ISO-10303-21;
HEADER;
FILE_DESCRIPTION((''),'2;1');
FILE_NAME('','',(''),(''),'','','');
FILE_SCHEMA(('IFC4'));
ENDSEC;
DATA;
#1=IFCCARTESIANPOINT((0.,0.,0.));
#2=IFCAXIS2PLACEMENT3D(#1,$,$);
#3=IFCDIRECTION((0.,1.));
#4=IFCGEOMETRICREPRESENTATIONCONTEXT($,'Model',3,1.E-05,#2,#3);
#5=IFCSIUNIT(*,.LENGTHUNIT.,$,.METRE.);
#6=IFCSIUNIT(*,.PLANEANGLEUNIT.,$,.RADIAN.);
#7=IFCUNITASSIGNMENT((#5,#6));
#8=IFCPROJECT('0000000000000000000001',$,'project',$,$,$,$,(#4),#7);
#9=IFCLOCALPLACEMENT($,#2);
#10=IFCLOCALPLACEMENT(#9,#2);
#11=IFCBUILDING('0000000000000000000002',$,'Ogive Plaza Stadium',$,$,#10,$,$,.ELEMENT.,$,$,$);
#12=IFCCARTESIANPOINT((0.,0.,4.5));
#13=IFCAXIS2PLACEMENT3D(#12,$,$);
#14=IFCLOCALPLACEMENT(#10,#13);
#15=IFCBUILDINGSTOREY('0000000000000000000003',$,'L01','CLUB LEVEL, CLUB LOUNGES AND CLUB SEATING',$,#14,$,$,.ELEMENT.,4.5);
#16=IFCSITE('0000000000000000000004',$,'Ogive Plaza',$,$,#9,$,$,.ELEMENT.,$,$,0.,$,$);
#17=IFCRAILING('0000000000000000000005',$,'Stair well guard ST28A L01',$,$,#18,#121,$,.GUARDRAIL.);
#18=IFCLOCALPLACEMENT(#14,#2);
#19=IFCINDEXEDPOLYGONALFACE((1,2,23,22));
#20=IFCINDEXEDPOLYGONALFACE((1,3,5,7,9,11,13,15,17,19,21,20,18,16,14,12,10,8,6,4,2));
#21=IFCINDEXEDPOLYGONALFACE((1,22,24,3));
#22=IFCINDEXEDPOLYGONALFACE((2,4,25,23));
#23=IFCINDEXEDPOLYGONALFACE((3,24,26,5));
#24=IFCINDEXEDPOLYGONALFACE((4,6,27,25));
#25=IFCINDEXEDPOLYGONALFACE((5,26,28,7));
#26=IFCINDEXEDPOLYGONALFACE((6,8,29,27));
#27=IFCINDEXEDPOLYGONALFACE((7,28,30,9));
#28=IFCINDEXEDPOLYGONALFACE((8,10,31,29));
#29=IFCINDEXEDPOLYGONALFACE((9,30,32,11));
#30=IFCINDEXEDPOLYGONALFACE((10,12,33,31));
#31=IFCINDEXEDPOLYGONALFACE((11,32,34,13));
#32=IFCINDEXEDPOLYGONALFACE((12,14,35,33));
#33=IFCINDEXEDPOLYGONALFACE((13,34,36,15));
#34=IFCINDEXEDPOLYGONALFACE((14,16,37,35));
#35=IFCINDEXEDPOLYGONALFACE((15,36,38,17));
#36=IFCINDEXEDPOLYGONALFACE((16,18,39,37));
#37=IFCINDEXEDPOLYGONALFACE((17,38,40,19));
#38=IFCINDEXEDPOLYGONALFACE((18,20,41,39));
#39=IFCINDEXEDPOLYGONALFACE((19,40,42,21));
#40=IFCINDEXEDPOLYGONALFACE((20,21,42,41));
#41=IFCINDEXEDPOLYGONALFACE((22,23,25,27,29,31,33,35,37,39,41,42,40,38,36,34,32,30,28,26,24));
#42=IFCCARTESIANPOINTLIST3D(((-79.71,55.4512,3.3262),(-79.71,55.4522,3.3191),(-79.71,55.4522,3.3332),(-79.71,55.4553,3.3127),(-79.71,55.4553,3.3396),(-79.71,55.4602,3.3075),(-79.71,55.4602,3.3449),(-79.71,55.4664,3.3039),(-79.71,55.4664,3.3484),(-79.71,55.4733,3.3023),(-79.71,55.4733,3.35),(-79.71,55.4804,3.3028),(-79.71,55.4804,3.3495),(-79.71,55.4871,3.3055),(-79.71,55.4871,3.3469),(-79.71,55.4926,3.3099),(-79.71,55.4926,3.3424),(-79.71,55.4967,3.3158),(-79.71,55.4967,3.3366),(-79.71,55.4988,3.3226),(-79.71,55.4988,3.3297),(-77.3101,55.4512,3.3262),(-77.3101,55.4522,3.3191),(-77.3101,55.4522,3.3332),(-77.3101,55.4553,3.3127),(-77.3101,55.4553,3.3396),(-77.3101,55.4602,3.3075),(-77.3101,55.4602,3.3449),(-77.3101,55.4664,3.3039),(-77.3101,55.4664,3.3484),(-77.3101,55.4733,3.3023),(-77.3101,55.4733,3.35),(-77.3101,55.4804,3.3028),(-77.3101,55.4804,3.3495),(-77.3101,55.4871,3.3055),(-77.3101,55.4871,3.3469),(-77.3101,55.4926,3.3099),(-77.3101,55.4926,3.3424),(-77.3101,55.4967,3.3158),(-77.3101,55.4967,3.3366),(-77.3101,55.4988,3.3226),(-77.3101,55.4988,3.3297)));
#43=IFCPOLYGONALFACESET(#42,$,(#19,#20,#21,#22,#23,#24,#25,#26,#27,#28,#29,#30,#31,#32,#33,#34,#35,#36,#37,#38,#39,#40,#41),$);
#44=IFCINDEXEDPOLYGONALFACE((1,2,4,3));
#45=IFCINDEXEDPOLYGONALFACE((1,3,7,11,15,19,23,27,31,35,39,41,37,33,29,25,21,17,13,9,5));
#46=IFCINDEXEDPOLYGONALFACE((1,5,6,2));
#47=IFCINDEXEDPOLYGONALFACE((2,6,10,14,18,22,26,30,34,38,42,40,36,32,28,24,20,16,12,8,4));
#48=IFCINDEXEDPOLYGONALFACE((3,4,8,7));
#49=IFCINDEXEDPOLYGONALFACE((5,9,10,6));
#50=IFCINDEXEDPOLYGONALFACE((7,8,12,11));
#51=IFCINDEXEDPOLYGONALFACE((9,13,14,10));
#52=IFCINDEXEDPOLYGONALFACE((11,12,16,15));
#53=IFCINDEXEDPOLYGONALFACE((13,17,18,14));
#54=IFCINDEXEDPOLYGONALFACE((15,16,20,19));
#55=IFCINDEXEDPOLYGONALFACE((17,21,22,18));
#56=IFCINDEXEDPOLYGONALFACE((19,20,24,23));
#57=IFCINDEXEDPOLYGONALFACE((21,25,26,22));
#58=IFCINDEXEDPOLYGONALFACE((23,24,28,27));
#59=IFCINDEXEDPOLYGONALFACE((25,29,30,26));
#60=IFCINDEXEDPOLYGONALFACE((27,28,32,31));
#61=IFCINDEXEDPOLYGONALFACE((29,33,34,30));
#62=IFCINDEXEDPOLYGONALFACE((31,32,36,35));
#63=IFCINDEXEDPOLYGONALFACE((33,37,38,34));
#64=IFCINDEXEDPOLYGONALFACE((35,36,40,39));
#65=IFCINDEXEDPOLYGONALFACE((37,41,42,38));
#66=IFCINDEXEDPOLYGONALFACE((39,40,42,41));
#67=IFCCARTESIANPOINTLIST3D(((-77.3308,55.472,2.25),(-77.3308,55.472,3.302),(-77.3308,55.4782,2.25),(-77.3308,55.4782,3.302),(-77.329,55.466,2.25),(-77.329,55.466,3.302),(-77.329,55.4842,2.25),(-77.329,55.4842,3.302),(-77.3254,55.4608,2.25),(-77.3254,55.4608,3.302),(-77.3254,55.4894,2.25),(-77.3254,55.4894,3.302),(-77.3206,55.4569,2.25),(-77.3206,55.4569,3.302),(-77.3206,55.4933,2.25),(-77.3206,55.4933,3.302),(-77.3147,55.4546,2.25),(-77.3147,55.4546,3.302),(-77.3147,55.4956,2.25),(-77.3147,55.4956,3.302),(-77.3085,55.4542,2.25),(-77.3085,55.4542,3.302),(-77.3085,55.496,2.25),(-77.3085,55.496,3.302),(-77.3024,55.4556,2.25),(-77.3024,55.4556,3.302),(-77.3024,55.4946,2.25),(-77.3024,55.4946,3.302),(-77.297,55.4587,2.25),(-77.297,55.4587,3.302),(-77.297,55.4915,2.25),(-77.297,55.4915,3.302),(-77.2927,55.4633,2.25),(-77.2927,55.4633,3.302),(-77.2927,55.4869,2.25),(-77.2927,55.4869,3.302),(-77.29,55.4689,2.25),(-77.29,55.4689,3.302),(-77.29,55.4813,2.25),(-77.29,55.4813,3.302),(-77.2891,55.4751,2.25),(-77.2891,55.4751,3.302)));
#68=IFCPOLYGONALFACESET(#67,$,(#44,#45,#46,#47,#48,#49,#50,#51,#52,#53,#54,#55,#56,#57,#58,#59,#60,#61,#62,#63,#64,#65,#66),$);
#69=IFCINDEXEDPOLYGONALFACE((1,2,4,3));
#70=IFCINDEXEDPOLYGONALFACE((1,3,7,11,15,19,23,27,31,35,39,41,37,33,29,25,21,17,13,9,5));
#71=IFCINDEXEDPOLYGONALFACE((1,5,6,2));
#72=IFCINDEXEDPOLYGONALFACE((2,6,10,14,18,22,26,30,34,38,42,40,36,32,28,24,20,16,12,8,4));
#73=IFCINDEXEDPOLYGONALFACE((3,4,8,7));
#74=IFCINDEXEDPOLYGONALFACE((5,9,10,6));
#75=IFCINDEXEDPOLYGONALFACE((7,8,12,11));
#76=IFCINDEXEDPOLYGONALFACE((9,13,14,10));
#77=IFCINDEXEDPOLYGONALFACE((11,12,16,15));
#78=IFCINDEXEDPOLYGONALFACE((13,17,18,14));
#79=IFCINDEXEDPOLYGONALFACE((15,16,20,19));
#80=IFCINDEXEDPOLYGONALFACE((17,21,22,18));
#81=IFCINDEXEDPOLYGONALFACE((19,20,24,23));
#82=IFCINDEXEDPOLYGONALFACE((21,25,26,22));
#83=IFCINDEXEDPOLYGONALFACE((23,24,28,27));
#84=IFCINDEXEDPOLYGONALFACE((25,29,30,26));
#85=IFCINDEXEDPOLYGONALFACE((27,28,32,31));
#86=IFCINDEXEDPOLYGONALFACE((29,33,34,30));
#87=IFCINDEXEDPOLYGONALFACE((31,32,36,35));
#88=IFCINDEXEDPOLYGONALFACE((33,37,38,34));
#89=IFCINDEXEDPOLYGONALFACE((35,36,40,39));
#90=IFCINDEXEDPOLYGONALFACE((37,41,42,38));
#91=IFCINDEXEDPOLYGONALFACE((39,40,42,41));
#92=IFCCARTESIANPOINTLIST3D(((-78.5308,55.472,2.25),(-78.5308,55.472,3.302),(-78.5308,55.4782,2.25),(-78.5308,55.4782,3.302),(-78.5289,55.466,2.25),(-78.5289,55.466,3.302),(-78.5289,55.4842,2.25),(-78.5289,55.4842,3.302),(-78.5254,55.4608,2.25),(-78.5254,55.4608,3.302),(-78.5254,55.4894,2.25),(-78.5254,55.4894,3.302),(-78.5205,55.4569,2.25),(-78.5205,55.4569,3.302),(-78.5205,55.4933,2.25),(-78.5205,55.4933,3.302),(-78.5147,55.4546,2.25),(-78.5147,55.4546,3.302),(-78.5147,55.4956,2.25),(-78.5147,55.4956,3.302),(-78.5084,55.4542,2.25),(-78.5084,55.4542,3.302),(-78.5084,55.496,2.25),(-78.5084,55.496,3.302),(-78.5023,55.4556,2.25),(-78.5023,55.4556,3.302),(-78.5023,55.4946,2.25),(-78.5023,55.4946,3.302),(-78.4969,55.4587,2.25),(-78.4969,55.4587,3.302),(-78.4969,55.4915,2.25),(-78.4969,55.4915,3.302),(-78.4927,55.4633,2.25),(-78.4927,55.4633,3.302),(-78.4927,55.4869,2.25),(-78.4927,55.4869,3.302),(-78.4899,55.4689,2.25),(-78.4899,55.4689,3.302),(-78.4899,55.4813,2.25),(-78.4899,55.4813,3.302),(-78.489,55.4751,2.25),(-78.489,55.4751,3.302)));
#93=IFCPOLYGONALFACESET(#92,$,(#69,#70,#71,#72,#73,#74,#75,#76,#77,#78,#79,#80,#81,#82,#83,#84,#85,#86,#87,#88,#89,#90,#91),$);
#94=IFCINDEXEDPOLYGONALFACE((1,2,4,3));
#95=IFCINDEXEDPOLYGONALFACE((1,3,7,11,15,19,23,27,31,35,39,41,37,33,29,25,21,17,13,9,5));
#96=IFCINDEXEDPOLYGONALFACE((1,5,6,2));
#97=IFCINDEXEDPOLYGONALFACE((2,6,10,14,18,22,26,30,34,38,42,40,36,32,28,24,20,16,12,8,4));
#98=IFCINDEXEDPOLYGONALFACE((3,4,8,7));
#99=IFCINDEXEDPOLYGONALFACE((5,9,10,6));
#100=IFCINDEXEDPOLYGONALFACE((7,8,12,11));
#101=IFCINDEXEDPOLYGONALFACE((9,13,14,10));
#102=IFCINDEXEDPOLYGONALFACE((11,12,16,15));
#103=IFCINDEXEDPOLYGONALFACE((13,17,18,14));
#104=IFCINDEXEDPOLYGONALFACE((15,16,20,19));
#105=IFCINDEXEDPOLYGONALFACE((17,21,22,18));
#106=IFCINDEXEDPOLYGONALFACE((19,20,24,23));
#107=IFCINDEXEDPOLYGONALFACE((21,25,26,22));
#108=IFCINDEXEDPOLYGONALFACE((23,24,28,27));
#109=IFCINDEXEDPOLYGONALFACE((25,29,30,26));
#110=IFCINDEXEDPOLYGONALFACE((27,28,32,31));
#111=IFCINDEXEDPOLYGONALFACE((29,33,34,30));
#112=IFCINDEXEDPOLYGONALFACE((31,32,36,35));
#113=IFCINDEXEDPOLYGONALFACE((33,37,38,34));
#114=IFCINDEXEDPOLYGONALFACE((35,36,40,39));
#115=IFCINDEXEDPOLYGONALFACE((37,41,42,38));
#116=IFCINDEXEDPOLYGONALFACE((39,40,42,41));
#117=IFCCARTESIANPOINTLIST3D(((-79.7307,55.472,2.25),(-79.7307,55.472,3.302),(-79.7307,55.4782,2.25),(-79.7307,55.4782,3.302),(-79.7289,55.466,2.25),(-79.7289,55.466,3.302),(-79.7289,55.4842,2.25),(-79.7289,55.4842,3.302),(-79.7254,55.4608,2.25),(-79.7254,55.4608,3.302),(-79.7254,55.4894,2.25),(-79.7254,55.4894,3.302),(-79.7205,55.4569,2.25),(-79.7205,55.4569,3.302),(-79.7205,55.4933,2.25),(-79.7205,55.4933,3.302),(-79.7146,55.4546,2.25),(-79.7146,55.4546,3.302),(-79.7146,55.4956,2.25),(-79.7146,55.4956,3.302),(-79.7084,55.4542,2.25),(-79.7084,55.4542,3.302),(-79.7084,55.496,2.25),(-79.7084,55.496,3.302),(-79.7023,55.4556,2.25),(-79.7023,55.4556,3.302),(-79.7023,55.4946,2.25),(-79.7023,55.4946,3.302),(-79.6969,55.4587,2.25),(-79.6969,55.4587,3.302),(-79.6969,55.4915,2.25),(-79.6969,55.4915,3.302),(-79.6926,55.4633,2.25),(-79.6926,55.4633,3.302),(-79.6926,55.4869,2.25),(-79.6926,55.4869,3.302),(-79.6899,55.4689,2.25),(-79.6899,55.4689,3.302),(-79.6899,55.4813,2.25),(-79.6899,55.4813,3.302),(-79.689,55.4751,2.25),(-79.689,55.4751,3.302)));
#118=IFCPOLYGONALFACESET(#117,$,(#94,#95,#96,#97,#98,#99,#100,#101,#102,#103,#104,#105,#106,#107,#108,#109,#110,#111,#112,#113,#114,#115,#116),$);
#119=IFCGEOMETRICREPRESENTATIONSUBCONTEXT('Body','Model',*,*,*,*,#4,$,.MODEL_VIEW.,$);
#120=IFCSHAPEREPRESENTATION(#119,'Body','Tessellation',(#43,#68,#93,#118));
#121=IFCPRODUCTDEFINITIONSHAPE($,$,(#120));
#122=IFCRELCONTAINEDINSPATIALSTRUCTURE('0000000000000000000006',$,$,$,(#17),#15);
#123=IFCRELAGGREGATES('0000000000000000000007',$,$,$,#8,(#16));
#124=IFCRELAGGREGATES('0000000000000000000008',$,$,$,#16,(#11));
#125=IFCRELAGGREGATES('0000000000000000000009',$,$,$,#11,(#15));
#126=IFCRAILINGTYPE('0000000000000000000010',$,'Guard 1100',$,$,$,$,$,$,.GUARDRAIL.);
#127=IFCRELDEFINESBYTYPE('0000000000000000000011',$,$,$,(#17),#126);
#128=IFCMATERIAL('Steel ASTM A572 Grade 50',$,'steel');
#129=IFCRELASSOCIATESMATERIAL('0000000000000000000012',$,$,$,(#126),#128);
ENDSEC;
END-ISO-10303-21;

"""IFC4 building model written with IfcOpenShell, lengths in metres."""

from ifc_helpers import new_model, si_unit, direction, frame, origin, origin_2d, place, context, subcontext, project, spatial, circle, extrude, material, type_object, element, save


model = new_model("IFC4")

# Units and contexts
model_context = context("Model", 3, precision=1e-05, world=origin(), true_north=direction((0.0, 1.0)))
body_context = subcontext(model_context, "Body", "Model", "MODEL_VIEW")
ifc_project = project(units=[si_unit("LENGTHUNIT", "METRE"), si_unit("PLANEANGLEUNIT", "RADIAN")], contexts=[model_context])

# Site, building, storey
site_placement = place(None, origin())
site = spatial("IfcSite", under=ifc_project, at=site_placement, Name="Ogive Plaza", CompositionType="ELEMENT", RefElevation=0.0)
building_placement = place(site_placement, origin())
building = spatial("IfcBuilding", under=site, at=building_placement, Name="Ogive Plaza Stadium", CompositionType="ELEMENT")
storey_placement = place(building_placement, frame((0.0, 0.0, 4.5)))
storey = spatial("IfcBuildingStorey", under=building, at=storey_placement, Name="L01", Description="CLUB LEVEL, CLUB LOUNGES AND CLUB SEATING", CompositionType="ELEMENT", Elevation=4.5)

# Railing
ifc_material_1 = material(Name="Steel ASTM A572 Grade 50", Category="steel")
railing_type_1 = type_object("IfcRailingType", Name="Guard 1100", PredefinedType="GUARDRAIL", material=ifc_material_1)
for number, where, name in (
    (1, (-77.3101, 55.4751, 2.25), "Stair well guard ST28A L01"),
):
    element("IfcRailing", number, at=place(storey_placement, frame(where)), inside=storey, type_object=railing_type_1, Name=name, PredefinedType="GUARDRAIL", context=body_context, shape_type="SweptSolid", body=[
        extrude(circle(Radius=0.0239, at=origin_2d()), frame((0.0, 0.0, 1.0762), z_axis=(-1.0, 0.0, 0.0), x_axis=(0.0, -1.0, 0.0)), (0.0, 0.0, 1.0), 2.3999),
        extrude(circle(Radius=0.021, at=origin_2d()), origin(), (0.0, 0.0, 1.0), 1.052),
        extrude(circle(Radius=0.021, at=origin_2d()), frame((-1.2, 0.0, 0.0)), (0.0, 0.0, 1.0), 1.052),
        extrude(circle(Radius=0.021, at=origin_2d()), frame((-2.3999, 0.0, 0.0)), (0.0, 0.0, 1.0), 1.052),
    ])

save(model, "model.ifc")
